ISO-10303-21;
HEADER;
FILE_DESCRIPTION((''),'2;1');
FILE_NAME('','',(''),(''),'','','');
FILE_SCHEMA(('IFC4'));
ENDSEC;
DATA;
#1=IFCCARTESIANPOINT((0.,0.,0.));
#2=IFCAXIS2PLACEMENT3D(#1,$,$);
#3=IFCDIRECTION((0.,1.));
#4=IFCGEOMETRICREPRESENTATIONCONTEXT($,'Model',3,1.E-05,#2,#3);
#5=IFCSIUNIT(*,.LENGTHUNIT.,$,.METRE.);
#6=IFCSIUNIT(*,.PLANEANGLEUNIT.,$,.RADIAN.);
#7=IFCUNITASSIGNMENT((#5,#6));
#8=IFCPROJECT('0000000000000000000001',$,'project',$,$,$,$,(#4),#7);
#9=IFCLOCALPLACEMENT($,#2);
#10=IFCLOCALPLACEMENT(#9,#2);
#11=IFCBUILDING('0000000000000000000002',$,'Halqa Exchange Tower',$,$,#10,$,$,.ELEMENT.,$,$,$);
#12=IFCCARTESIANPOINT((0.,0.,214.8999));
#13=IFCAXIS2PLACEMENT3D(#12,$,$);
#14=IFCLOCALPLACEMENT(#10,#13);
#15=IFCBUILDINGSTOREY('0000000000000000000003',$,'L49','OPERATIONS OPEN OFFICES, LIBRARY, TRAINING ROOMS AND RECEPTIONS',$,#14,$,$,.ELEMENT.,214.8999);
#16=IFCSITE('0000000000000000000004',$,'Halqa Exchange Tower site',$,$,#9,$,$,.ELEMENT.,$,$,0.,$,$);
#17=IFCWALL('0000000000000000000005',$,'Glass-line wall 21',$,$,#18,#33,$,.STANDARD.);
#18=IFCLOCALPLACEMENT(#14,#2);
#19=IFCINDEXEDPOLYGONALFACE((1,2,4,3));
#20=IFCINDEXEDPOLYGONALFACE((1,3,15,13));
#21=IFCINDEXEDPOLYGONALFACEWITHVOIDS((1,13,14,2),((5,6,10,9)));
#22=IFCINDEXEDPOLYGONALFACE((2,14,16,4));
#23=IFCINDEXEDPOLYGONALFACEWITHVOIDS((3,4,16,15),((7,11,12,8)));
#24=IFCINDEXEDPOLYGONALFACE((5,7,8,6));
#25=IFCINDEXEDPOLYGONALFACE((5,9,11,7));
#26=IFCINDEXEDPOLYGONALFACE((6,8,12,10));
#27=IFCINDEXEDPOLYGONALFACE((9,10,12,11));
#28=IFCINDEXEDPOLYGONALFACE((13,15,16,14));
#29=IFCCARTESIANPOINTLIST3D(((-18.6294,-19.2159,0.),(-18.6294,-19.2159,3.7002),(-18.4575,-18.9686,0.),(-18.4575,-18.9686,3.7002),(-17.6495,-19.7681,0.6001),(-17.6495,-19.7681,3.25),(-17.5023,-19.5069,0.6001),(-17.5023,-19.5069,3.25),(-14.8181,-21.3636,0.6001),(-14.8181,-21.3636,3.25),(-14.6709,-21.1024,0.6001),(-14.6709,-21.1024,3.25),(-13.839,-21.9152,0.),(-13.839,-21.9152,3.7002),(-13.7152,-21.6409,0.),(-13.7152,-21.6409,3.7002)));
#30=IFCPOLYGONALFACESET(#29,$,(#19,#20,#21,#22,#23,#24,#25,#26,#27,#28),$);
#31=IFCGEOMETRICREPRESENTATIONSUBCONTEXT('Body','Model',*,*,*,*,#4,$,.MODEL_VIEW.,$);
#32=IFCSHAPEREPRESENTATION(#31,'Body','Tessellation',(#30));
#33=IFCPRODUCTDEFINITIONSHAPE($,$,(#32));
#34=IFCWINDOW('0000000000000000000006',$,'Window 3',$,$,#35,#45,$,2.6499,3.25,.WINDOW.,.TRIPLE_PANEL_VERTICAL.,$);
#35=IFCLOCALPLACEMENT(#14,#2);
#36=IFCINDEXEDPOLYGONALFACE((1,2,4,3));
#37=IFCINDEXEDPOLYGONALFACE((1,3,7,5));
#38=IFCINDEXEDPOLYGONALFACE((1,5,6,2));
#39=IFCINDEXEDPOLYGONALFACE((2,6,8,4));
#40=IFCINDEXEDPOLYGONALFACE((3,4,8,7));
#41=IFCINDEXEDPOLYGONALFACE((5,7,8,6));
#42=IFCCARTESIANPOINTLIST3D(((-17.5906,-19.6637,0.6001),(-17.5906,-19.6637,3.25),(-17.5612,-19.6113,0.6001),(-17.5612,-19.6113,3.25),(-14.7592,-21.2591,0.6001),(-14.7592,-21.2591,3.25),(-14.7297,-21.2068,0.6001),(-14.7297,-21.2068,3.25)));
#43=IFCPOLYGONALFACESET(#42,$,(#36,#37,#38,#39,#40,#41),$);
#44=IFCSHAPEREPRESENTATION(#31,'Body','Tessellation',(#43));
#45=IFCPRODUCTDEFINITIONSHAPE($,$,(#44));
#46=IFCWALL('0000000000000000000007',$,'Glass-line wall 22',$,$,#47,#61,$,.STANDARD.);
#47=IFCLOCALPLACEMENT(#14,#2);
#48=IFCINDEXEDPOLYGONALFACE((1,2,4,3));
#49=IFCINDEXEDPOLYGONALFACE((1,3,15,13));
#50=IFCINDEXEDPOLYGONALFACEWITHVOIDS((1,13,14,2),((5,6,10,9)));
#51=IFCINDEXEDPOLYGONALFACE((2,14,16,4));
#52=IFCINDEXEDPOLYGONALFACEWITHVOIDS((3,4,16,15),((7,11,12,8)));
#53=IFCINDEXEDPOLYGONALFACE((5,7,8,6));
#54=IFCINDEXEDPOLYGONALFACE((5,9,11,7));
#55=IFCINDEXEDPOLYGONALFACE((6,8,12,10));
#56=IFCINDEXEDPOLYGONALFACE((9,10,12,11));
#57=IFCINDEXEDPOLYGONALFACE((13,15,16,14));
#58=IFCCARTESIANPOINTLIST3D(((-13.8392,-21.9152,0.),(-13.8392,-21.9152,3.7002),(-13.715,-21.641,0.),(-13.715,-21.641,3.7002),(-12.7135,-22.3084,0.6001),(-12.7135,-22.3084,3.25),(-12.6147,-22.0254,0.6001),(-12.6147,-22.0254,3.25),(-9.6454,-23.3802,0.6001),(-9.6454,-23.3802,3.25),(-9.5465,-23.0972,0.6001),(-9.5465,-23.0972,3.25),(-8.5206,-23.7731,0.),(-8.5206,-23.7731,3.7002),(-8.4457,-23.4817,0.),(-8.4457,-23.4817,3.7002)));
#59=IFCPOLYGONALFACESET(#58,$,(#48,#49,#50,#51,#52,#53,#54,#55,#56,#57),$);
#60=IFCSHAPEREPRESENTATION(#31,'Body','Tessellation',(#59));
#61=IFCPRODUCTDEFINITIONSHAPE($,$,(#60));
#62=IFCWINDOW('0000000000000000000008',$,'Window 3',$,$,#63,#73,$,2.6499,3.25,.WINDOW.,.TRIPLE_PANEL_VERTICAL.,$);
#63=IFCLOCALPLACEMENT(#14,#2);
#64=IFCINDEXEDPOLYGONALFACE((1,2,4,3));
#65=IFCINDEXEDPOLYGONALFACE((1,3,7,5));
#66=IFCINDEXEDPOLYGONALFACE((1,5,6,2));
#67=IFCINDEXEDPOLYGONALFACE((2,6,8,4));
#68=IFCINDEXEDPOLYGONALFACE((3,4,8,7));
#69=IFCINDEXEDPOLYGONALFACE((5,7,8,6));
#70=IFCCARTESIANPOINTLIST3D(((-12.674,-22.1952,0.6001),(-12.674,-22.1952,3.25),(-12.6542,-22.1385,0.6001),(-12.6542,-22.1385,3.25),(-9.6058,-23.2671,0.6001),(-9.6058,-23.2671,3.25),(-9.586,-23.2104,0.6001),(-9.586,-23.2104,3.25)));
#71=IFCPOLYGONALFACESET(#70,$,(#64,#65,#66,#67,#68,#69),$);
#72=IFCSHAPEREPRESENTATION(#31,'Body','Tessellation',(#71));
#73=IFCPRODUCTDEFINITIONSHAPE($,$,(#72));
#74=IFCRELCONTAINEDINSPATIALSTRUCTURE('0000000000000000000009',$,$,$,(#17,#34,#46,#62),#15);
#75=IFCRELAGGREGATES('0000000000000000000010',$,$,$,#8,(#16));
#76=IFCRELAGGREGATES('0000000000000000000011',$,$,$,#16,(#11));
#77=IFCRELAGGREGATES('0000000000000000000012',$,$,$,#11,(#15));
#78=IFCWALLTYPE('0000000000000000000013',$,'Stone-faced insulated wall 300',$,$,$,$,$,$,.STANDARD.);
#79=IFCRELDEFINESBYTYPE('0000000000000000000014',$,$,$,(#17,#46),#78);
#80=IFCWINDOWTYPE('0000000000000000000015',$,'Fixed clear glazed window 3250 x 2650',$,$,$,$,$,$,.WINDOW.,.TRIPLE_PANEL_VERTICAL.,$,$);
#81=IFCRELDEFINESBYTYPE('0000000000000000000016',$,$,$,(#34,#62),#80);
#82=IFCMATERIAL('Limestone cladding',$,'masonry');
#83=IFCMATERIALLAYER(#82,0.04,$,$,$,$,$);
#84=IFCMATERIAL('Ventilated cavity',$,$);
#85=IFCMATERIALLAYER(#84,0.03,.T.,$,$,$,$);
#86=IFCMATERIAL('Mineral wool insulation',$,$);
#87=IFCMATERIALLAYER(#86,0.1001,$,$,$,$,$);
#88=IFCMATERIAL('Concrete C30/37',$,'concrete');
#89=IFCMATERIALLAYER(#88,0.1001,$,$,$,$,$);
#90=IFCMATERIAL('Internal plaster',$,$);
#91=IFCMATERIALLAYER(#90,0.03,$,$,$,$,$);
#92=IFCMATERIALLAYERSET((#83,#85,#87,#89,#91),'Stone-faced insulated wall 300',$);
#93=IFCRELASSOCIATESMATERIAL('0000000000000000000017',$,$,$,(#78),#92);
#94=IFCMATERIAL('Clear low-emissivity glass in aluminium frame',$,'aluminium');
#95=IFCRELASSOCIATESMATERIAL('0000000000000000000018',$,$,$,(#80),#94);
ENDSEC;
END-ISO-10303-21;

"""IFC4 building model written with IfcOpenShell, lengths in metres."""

from ifc_helpers import new_model, si_unit, direction, frame, frame_2d, origin, place, context, subcontext, project, spatial, polyline, rectangle, outline, extrude, material, layer, layer_set, type_object, element, fill, save


model = new_model("IFC4")

# Units and contexts
model_context = context("Model", 3, precision=1e-05, world=origin(), true_north=direction((0.0, 1.0)))
body_context = subcontext(model_context, "Body", "Model", "MODEL_VIEW")
ifc_project = project(units=[si_unit("LENGTHUNIT", "METRE"), si_unit("PLANEANGLEUNIT", "RADIAN")], contexts=[model_context])

# Site, building, storey
site_placement = place(None, origin())
site = spatial("IfcSite", under=ifc_project, at=site_placement, Name="Halqa Exchange Tower site", CompositionType="ELEMENT", RefElevation=0.0)
building_placement = place(site_placement, origin())
building = spatial("IfcBuilding", under=site, at=building_placement, Name="Halqa Exchange Tower", CompositionType="ELEMENT")
storey_placement = place(building_placement, frame((0.0, 0.0, 214.8999)))
storey = spatial("IfcBuildingStorey", under=building, at=storey_placement, Name="L49", Description="OPERATIONS OPEN OFFICES, LIBRARY, TRAINING ROOMS AND RECEPTIONS", CompositionType="ELEMENT", Elevation=214.8999)

# Shared definitions
ifc_material_1 = material(Name="Limestone cladding", Category="masonry")
ifc_layer_1 = layer(ifc_material_1, 0.04)
ifc_material_2 = material(Name="Ventilated cavity")
ifc_layer_2 = layer(ifc_material_2, 0.03, ventilated=True)
ifc_material_3 = material(Name="Mineral wool insulation")
ifc_layer_3 = layer(ifc_material_3, 0.1001)
ifc_material_4 = material(Name="Concrete C30/37", Category="concrete")
ifc_layer_4 = layer(ifc_material_4, 0.1001)
ifc_material_5 = material(Name="Internal plaster")
ifc_layer_5 = layer(ifc_material_5, 0.03)
ifc_layer_set_1 = layer_set([ifc_layer_1, ifc_layer_2, ifc_layer_3, ifc_layer_4, ifc_layer_5], Name="Stone-faced insulated wall 300")
wall_type_1 = type_object("IfcWallType", Name="Stone-faced insulated wall 300", PredefinedType="STANDARD", material=ifc_layer_set_1)
ifc_material_6 = material(Name="Clear low-emissivity glass in aluminium frame", Category="aluminium")

# Walls, openings, windows
wall_1_placement = place(storey_placement, frame((-18.5435, -19.0923, 0.0), z_axis=(0.0, 0.0, 1.0), x_axis=(0.871207, -0.490916, 0.0)))
wall_1 = element("IfcWall", 1, at=wall_1_placement, inside=storey, type_object=wall_type_1, Name="Glass-line wall 21", PredefinedType="STANDARD", context=body_context, shape_type="SweptSolid", body=[
    extrude(outline(polyline([(-0.0142, -0.1499), (5.4844, -0.1499), (5.4575, 0.1499), (0.0142, 0.1499), (-0.0142, -0.1499)])), origin(), (0.0, 0.0, 1.0), 3.7002),
])
opening_1_placement = place(wall_1_placement, frame((1.1106, 0.0, 0.6001)))
opening_1 = element("IfcOpeningElement", 2, at=opening_1_placement, cuts=wall_1, PredefinedType="OPENING", context=body_context, shape_type="SweptSolid", body=[
    extrude(rectangle(XDim=3.25, YDim=2.6499, at=frame_2d((1.625, 1.325))), frame((0.0, 0.1621, 0.0), z_axis=(0.0, -1.0, 0.0), x_axis=(1.0, 0.0, 0.0)), (0.0, 0.0, 1.0), 0.324),
])
window_type = type_object("IfcWindowType", Name="Fixed clear glazed window 3250 x 2650", PartitioningType="TRIPLE_PANEL_VERTICAL", PredefinedType="WINDOW", material=ifc_material_6)
window_1_placement = place(opening_1_placement, origin())
window_1 = element("IfcWindow", 3, at=window_1_placement, inside=storey, type_object=window_type, Name="Window 3", OverallHeight=2.6499, OverallWidth=3.25, PartitioningType="TRIPLE_PANEL_VERTICAL", PredefinedType="WINDOW", context=body_context, shape_type="SweptSolid", body=[
    extrude(rectangle(XDim=3.25, YDim=2.6499, at=frame_2d((1.625, 1.325))), frame((0.0, 0.03, 0.0), z_axis=(0.0, -1.0, 0.0), x_axis=(1.0, 0.0, 0.0)), (0.0, 0.0, 1.0), 0.0601),
])
fill(opening_1, window_1)
wall_2_placement = place(storey_placement, frame((-13.7771, -21.7781, 0.0), z_axis=(0.0, 0.0, 1.0), x_axis=(0.944054, -0.329792, 0.0)))
wall_2 = element("IfcWall", 4, at=wall_2_placement, inside=storey, type_object=wall_type_1, Name="Glass-line wall 22", PredefinedType="STANDARD", context=body_context, shape_type="SweptSolid", body=[
    extrude(outline(polyline([(-0.0134, -0.1499), (5.6204, -0.1499), (5.595, 0.1499), (0.0134, 0.1499), (-0.0134, -0.1499)])), origin(), (0.0, 0.0, 1.0), 3.7002),
])
opening_2_placement = place(wall_2_placement, frame((1.179, 0.0, 0.6001)))
opening_2 = element("IfcOpeningElement", 5, at=opening_2_placement, cuts=wall_2, PredefinedType="OPENING", context=body_context, shape_type="SweptSolid", body=[
    extrude(rectangle(XDim=3.25, YDim=2.6499, at=frame_2d((1.625, 1.325))), frame((0.0, 0.1621, 0.0), z_axis=(0.0, -1.0, 0.0), x_axis=(1.0, 0.0, 0.0)), (0.0, 0.0, 1.0), 0.324),
])
window_2_placement = place(opening_2_placement, origin())
window_2 = element("IfcWindow", 6, at=window_2_placement, inside=storey, type_object=window_type, Name="Window 3", OverallHeight=2.6499, OverallWidth=3.25, PartitioningType="TRIPLE_PANEL_VERTICAL", PredefinedType="WINDOW", context=body_context, shape_type="SweptSolid", body=[
    extrude(rectangle(XDim=3.25, YDim=2.6499, at=frame_2d((1.625, 1.325))), frame((0.0, 0.03, 0.0), z_axis=(0.0, -1.0, 0.0), x_axis=(1.0, 0.0, 0.0)), (0.0, 0.0, 1.0), 0.0601),
])
fill(opening_2, window_2)

save(model, "model.ifc")
